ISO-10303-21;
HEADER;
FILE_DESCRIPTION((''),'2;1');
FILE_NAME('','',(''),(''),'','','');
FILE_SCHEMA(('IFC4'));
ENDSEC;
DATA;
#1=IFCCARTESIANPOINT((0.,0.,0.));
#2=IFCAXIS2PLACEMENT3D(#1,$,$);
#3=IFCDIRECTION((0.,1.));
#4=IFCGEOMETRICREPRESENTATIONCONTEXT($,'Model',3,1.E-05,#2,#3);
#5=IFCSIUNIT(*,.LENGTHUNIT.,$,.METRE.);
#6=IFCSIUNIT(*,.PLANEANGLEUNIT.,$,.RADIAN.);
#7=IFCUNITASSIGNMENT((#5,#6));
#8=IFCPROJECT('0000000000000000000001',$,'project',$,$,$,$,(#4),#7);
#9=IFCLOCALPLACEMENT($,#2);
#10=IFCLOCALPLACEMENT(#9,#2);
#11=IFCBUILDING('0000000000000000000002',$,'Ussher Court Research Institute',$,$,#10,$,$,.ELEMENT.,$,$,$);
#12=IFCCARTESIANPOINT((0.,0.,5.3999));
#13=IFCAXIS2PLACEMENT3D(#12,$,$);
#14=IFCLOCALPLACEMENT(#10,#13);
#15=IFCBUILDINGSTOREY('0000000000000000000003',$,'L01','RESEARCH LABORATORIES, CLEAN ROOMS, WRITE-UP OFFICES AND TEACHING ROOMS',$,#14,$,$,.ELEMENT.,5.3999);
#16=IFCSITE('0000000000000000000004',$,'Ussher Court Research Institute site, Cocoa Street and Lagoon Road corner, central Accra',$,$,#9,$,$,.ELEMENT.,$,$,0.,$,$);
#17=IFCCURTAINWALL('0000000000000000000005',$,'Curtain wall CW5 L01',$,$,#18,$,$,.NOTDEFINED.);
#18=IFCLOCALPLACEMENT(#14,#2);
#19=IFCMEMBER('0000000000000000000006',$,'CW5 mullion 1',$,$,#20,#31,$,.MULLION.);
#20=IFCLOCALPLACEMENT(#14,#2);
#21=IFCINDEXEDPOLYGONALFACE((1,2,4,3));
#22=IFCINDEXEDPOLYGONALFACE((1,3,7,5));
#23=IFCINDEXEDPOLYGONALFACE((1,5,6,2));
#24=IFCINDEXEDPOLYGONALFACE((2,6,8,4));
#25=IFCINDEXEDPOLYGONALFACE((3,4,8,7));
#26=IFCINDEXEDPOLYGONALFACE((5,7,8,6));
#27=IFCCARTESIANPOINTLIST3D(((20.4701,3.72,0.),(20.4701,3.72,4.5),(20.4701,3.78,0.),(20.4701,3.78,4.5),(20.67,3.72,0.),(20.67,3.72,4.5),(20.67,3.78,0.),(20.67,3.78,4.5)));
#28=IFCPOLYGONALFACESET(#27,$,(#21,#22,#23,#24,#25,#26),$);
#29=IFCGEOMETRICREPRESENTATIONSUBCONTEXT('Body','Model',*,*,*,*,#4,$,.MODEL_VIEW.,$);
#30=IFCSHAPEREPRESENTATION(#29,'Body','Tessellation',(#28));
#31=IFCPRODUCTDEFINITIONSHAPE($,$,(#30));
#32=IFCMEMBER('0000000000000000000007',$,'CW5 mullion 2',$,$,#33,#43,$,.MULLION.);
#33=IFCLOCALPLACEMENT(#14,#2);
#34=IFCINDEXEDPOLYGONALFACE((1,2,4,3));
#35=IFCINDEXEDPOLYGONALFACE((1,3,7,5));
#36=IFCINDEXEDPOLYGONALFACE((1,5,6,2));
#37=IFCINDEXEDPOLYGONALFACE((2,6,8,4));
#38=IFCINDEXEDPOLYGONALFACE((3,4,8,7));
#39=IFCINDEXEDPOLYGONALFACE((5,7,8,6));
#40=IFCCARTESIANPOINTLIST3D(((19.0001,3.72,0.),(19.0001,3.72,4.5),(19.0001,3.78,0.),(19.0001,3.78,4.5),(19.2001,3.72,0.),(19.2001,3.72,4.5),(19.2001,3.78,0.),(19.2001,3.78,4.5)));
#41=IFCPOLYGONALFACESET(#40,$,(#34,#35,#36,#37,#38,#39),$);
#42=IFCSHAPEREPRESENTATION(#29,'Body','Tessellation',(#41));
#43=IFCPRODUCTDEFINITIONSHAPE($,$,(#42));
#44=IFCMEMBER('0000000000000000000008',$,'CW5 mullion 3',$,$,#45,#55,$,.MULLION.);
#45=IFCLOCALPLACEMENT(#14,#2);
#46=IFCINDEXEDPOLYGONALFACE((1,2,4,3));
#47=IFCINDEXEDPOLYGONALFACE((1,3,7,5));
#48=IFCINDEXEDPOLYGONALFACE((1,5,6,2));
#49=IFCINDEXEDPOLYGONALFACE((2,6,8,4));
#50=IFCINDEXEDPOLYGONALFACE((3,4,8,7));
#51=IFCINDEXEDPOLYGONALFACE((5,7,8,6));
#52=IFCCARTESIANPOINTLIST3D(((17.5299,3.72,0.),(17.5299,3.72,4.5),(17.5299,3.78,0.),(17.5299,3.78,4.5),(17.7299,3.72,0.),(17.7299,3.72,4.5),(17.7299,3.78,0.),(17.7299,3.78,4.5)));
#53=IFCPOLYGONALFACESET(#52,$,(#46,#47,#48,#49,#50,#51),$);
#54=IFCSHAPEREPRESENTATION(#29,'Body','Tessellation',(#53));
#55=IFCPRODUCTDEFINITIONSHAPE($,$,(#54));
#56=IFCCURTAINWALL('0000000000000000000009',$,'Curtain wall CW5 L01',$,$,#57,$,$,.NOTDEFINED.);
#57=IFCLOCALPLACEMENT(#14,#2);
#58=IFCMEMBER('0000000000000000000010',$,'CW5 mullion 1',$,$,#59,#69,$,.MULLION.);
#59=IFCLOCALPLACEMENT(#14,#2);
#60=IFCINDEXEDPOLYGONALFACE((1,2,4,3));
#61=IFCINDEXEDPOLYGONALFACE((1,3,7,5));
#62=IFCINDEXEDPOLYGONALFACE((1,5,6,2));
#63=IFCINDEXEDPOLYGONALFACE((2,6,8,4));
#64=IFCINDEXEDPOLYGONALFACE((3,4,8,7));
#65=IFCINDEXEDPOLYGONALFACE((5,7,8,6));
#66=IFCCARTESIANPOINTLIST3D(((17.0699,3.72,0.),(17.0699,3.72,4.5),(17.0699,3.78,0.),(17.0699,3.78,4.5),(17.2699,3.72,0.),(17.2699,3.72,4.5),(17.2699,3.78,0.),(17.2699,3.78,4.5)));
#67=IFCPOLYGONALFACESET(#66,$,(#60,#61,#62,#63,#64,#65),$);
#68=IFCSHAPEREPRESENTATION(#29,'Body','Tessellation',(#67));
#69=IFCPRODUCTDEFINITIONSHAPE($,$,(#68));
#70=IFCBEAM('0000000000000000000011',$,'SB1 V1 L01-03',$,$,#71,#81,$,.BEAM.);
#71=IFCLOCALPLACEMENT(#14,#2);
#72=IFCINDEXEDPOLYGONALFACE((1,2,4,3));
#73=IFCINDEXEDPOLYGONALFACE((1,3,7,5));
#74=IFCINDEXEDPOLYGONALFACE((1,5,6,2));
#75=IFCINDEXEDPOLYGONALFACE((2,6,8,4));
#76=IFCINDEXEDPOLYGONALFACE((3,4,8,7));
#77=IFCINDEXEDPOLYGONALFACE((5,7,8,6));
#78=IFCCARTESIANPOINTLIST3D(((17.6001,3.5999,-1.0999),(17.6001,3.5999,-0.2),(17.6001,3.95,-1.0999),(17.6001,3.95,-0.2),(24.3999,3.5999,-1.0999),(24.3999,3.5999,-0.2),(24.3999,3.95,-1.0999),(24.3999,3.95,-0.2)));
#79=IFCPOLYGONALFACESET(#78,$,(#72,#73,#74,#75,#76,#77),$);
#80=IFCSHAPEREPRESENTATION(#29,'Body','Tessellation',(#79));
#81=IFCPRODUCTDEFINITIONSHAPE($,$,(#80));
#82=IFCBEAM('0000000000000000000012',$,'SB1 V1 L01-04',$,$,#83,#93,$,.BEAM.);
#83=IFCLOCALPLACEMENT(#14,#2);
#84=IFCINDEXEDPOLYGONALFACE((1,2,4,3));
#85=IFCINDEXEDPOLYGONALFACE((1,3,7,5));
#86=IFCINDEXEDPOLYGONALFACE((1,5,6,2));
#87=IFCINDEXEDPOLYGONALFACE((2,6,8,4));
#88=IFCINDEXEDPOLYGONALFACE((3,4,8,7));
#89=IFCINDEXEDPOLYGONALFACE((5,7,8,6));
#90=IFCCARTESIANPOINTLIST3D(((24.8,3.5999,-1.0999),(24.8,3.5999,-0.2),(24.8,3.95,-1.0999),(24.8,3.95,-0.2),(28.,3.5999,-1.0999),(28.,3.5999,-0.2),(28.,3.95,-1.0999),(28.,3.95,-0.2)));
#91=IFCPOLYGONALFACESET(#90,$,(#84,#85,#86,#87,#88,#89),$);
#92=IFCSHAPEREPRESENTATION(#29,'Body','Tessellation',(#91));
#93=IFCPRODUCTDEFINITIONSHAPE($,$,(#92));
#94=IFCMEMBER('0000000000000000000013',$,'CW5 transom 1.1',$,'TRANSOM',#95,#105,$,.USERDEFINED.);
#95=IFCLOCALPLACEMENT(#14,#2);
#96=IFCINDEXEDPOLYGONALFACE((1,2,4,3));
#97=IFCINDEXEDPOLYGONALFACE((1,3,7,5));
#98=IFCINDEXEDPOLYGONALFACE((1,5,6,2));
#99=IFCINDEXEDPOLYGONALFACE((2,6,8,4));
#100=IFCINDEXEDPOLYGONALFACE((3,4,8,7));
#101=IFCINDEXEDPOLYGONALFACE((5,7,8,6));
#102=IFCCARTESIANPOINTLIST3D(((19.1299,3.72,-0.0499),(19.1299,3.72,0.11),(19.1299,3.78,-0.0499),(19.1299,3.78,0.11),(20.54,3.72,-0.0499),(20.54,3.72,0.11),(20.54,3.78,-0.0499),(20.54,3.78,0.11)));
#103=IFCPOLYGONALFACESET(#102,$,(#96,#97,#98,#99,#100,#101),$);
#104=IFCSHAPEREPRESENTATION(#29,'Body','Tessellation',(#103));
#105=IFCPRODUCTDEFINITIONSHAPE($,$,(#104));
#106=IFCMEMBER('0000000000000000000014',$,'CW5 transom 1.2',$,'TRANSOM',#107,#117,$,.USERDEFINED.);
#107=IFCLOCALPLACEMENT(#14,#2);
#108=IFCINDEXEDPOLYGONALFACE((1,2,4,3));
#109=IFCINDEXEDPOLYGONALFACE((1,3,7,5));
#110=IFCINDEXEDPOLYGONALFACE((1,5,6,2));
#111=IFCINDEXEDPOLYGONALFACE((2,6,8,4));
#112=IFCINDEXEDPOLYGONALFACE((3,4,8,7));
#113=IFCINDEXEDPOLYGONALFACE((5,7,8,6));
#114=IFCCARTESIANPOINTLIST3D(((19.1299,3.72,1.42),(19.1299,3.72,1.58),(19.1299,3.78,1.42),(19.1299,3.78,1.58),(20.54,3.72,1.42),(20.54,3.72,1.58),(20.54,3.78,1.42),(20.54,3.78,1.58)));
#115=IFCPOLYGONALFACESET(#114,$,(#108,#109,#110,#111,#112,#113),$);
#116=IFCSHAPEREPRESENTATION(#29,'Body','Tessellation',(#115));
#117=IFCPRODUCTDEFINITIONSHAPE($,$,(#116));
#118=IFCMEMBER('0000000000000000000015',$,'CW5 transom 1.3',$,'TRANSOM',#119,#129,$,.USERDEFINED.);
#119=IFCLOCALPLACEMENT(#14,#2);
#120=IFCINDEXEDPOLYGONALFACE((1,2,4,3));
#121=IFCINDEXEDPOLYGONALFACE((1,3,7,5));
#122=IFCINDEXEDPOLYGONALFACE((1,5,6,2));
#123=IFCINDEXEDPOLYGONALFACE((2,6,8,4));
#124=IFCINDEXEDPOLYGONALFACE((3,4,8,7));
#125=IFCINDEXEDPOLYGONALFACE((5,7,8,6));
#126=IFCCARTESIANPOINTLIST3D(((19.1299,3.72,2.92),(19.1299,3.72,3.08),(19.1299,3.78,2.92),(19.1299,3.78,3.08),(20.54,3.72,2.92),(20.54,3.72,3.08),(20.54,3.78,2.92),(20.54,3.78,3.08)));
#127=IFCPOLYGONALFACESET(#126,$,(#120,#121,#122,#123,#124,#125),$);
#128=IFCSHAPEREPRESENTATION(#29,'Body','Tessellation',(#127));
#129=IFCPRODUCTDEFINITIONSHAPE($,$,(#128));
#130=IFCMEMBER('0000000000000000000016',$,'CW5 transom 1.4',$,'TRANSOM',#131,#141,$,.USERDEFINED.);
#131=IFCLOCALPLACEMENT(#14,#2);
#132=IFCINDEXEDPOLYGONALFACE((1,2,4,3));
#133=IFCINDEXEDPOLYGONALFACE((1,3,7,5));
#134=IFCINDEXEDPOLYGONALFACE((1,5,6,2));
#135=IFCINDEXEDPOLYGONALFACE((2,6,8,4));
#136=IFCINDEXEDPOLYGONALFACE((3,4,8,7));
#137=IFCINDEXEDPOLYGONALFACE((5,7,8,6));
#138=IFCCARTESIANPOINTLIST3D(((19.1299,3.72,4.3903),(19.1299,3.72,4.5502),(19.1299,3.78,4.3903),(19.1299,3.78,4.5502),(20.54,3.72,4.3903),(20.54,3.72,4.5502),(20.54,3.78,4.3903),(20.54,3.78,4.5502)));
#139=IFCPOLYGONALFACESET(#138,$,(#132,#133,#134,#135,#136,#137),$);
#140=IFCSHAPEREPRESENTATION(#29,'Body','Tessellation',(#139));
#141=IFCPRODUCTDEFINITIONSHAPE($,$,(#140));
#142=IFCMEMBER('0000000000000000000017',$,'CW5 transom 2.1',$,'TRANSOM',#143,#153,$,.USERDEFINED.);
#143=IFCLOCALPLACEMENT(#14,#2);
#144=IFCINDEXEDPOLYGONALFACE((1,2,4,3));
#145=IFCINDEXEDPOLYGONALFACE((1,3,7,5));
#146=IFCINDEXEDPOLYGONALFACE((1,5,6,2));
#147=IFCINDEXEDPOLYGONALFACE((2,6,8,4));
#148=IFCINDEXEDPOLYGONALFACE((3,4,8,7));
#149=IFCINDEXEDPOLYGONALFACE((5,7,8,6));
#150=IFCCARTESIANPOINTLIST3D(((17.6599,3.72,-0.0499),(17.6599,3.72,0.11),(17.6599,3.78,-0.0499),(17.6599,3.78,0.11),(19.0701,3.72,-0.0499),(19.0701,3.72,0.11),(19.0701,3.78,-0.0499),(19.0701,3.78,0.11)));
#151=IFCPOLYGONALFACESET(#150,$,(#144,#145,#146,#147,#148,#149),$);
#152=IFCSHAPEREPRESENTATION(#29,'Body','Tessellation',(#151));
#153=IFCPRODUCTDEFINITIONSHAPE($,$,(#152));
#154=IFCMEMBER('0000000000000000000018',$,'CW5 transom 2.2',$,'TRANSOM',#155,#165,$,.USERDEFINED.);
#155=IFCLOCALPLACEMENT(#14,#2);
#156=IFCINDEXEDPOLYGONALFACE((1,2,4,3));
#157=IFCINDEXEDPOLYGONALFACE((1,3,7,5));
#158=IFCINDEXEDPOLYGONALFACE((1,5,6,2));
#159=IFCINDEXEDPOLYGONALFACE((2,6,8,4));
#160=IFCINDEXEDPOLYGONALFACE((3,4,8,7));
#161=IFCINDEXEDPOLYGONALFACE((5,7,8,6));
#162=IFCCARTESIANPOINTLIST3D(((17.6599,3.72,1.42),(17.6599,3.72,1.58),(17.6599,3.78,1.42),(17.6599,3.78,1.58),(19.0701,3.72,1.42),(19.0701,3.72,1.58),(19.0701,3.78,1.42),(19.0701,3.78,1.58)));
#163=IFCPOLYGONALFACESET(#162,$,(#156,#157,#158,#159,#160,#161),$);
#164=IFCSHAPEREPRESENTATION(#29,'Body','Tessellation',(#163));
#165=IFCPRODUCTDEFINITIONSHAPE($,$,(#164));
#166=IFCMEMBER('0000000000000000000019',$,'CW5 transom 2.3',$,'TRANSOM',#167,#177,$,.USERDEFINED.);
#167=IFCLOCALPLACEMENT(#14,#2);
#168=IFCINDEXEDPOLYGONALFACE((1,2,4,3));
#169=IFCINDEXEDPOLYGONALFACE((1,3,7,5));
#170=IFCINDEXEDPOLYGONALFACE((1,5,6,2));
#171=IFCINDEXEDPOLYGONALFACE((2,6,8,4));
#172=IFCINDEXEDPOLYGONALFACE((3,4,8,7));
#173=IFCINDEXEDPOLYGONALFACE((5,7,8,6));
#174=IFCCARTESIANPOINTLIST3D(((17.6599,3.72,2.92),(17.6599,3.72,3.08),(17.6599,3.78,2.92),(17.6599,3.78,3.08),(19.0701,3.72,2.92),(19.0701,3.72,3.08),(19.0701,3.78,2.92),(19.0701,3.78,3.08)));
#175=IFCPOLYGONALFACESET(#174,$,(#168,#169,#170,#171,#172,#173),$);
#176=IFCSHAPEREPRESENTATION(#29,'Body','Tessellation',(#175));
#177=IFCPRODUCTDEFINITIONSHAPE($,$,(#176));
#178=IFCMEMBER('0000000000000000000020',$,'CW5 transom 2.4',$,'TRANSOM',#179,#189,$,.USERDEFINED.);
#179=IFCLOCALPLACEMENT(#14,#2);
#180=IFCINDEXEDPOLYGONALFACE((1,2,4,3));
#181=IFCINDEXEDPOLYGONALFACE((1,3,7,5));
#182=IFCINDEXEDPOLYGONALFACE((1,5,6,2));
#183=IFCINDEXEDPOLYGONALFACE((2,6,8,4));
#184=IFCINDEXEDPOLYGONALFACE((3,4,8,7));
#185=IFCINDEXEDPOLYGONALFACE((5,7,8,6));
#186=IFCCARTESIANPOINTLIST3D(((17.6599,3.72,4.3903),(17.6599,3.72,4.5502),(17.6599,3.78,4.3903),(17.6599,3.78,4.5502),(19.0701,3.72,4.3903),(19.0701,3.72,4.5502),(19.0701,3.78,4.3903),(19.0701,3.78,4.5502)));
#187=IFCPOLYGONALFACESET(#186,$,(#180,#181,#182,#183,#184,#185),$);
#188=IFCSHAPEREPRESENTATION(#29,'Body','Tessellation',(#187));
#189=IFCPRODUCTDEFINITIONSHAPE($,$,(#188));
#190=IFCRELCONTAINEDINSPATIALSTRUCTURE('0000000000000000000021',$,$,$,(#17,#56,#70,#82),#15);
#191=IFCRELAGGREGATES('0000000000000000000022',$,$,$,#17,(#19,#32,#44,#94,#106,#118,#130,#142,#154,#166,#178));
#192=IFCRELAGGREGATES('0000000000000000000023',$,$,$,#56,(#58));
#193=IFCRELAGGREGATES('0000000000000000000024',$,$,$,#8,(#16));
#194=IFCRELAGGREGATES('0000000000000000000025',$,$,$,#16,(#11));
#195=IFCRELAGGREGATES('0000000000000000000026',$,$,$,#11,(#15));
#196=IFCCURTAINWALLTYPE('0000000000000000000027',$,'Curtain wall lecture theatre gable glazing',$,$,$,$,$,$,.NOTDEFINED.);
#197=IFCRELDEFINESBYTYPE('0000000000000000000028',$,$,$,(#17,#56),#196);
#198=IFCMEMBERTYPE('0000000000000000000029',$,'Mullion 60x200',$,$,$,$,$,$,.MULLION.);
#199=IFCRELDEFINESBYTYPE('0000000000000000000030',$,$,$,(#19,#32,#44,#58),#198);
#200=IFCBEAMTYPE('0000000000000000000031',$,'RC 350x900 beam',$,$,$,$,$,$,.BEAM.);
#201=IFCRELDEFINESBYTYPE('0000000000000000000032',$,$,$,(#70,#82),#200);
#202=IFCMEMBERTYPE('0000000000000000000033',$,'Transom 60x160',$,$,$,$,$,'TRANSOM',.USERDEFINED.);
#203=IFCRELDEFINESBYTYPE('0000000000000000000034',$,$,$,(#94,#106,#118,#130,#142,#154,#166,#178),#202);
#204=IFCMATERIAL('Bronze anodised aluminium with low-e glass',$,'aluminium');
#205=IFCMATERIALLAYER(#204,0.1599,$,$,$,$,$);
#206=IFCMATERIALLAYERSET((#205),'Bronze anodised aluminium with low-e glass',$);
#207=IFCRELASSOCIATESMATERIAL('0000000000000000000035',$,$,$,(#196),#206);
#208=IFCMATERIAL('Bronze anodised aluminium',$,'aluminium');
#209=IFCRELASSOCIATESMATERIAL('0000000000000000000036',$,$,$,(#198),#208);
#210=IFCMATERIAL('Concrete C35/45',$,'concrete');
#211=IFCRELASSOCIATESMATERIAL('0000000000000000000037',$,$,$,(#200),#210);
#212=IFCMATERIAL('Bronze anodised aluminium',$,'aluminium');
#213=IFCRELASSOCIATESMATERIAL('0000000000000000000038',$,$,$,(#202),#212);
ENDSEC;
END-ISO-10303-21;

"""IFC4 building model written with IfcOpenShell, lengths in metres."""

from ifc_helpers import new_model, si_unit, direction, frame, origin, origin_2d, place, context, subcontext, project, spatial, rectangle, extrude, material, layer, layer_set, material_profile, profile_set, type_object, element, aggregate, save


model = new_model("IFC4")

# Units and contexts
model_context = context("Model", 3, precision=1e-05, world=origin(), true_north=direction((0.0, 1.0)))
body_context = subcontext(model_context, "Body", "Model", "MODEL_VIEW")
ifc_project = project(units=[si_unit("LENGTHUNIT", "METRE"), si_unit("PLANEANGLEUNIT", "RADIAN")], contexts=[model_context])

# Site, building, storey
site_placement = place(None, origin())
site = spatial("IfcSite", under=ifc_project, at=site_placement, Name="Ussher Court Research Institute site, Cocoa Street and Lagoon Road corner, central Accra", CompositionType="ELEMENT", RefElevation=0.0)
building_placement = place(site_placement, origin())
building = spatial("IfcBuilding", under=site, at=building_placement, Name="Ussher Court Research Institute", CompositionType="ELEMENT")
storey_placement = place(building_placement, frame((0.0, 0.0, 5.3999)))
storey = spatial("IfcBuildingStorey", under=building, at=storey_placement, Name="L01", Description="RESEARCH LABORATORIES, CLEAN ROOMS, WRITE-UP OFFICES AND TEACHING ROOMS", CompositionType="ELEMENT", Elevation=5.3999)

# Curtain wall, members
ifc_material_1 = material(Name="Bronze anodised aluminium with low-e glass", Category="aluminium")
ifc_layer_1 = layer(ifc_material_1, 0.1599)
ifc_layer_set_1 = layer_set([ifc_layer_1], Name="Bronze anodised aluminium with low-e glass")
curtain_wall_type = type_object("IfcCurtainWallType", Name="Curtain wall lecture theatre gable glazing", PredefinedType="NOTDEFINED", material=ifc_layer_set_1)
curtain_wall_1_placement = place(storey_placement, origin())
curtain_wall_1 = element("IfcCurtainWall", 1, at=curtain_wall_1_placement, inside=storey, type_object=curtain_wall_type, Name="Curtain wall CW5 L01", PredefinedType="NOTDEFINED")
ifc_material_2 = material(Name="Bronze anodised aluminium", Category="aluminium")
ifc_material_profile_1 = material_profile(ifc_material_2, rectangle(XDim=0.0601, YDim=0.2, at=origin_2d()), Name="Mullion 60x200")
ifc_profile_set_1 = profile_set([ifc_material_profile_1], Name="Bronze anodised aluminium")
member_type_1 = type_object("IfcMemberType", Name="Mullion 60x200", PredefinedType="MULLION", material=ifc_profile_set_1)
member_1_placement = place(storey_placement, frame((20.5701, 3.75, 0.0), z_axis=(0.0, 0.0, 1.0), x_axis=(0.0, -1.0, 0.0)))
member_1 = element("IfcMember", 2, at=member_1_placement, type_object=member_type_1, Name="CW5 mullion 1", PredefinedType="MULLION", context=body_context, shape_type="SweptSolid", body=[
    extrude(rectangle(XDim=0.0601, YDim=0.2, at=origin_2d()), origin(), (0.0, 0.0, 1.0), 4.5),
])
member_2_placement = place(storey_placement, frame((19.1001, 3.75, 0.0), z_axis=(0.0, 0.0, 1.0), x_axis=(0.0, -1.0, 0.0)))
member_2 = element("IfcMember", 3, at=member_2_placement, type_object=member_type_1, Name="CW5 mullion 2", PredefinedType="MULLION", context=body_context, shape_type="SweptSolid", body=[
    extrude(rectangle(XDim=0.0601, YDim=0.2, at=origin_2d()), origin(), (0.0, 0.0, 1.0), 4.5),
])
member_3_placement = place(storey_placement, frame((17.6299, 3.75, 0.0), z_axis=(0.0, 0.0, 1.0), x_axis=(0.0, -1.0, 0.0)))
member_3 = element("IfcMember", 4, at=member_3_placement, type_object=member_type_1, Name="CW5 mullion 3", PredefinedType="MULLION", context=body_context, shape_type="SweptSolid", body=[
    extrude(rectangle(XDim=0.0601, YDim=0.2, at=origin_2d()), origin(), (0.0, 0.0, 1.0), 4.5),
])

# Curtain wall, member
curtain_wall_2_placement = place(storey_placement, origin())
curtain_wall_2 = element("IfcCurtainWall", 5, at=curtain_wall_2_placement, inside=storey, type_object=curtain_wall_type, Name="Curtain wall CW5 L01", PredefinedType="NOTDEFINED")
member_4_placement = place(storey_placement, frame((17.1699, 3.75, 0.0), z_axis=(0.0, 0.0, 1.0), x_axis=(0.0, -1.0, 0.0)))
member_4 = element("IfcMember", 6, at=member_4_placement, type_object=member_type_1, Name="CW5 mullion 1", PredefinedType="MULLION", context=body_context, shape_type="SweptSolid", body=[
    extrude(rectangle(XDim=0.0601, YDim=0.2, at=origin_2d()), origin(), (0.0, 0.0, 1.0), 4.5),
])

# Beams
ifc_material_3 = material(Name="Concrete C35/45", Category="concrete")
ifc_material_profile_2 = material_profile(ifc_material_3, rectangle(XDim=0.3501, YDim=0.8999, at=origin_2d()), Name="RC 350x900")
ifc_profile_set_2 = profile_set([ifc_material_profile_2], Name="Concrete C35/45")
beam_type = type_object("IfcBeamType", Name="RC 350x900 beam", PredefinedType="BEAM", material=ifc_profile_set_2)
beam_1_placement = place(storey_placement, frame((17.6001, 3.7749, -0.6499), z_axis=(1.0, 0.0, 0.0), x_axis=(0.0, 1.0, 0.0)))
element("IfcBeam", 7, at=beam_1_placement, inside=storey, type_object=beam_type, Name="SB1 V1 L01-03", PredefinedType="BEAM", context=body_context, shape_type="SweptSolid", body=[
    extrude(rectangle(XDim=0.3501, YDim=0.8999, at=origin_2d()), origin(), (0.0, 0.0, 1.0), 6.7998),
])
beam_2_placement = place(storey_placement, frame((24.8, 3.7749, -0.6499), z_axis=(1.0, 0.0, 0.0), x_axis=(0.0, 1.0, 0.0)))
element("IfcBeam", 8, at=beam_2_placement, inside=storey, type_object=beam_type, Name="SB1 V1 L01-04", PredefinedType="BEAM", context=body_context, shape_type="SweptSolid", body=[
    extrude(rectangle(XDim=0.3501, YDim=0.8999, at=origin_2d()), origin(), (0.0, 0.0, 1.0), 3.2),
])

# Members
ifc_material_4 = material(Name="Bronze anodised aluminium", Category="aluminium")
ifc_material_profile_3 = material_profile(ifc_material_4, rectangle(XDim=0.0601, YDim=0.1599, at=origin_2d()), Name="Transom 60x160")
ifc_profile_set_3 = profile_set([ifc_material_profile_3], Name="Bronze anodised aluminium")
member_type_2 = type_object("IfcMemberType", Name="Transom 60x160", ElementType="TRANSOM", PredefinedType="USERDEFINED", material=ifc_profile_set_3)
member_5_placement = place(storey_placement, frame((20.54, 3.75, 0.03), z_axis=(-1.0, 0.0, 0.0), x_axis=(0.0, -1.0, 0.0)))
member_5 = element("IfcMember", 9, at=member_5_placement, type_object=member_type_2, Name="CW5 transom 1.1", ObjectType="TRANSOM", PredefinedType="USERDEFINED", context=body_context, shape_type="SweptSolid", body=[
    extrude(rectangle(XDim=0.0601, YDim=0.1599, at=origin_2d()), origin(), (0.0, 0.0, 1.0), 1.4102),
])
member_6_placement = place(storey_placement, frame((20.54, 3.75, 1.5), z_axis=(-1.0, 0.0, 0.0), x_axis=(0.0, -1.0, 0.0)))
member_6 = element("IfcMember", 10, at=member_6_placement, type_object=member_type_2, Name="CW5 transom 1.2", ObjectType="TRANSOM", PredefinedType="USERDEFINED", context=body_context, shape_type="SweptSolid", body=[
    extrude(rectangle(XDim=0.0601, YDim=0.1599, at=origin_2d()), origin(), (0.0, 0.0, 1.0), 1.4102),
])
member_7_placement = place(storey_placement, frame((20.54, 3.75, 3.0), z_axis=(-1.0, 0.0, 0.0), x_axis=(0.0, -1.0, 0.0)))
member_7 = element("IfcMember", 11, at=member_7_placement, type_object=member_type_2, Name="CW5 transom 1.3", ObjectType="TRANSOM", PredefinedType="USERDEFINED", context=body_context, shape_type="SweptSolid", body=[
    extrude(rectangle(XDim=0.0601, YDim=0.1599, at=origin_2d()), origin(), (0.0, 0.0, 1.0), 1.4102),
])
member_8_placement = place(storey_placement, frame((20.54, 3.75, 4.4702), z_axis=(-1.0, 0.0, 0.0), x_axis=(0.0, -1.0, 0.0)))
member_8 = element("IfcMember", 12, at=member_8_placement, type_object=member_type_2, Name="CW5 transom 1.4", ObjectType="TRANSOM", PredefinedType="USERDEFINED", context=body_context, shape_type="SweptSolid", body=[
    extrude(rectangle(XDim=0.0601, YDim=0.1599, at=origin_2d()), origin(), (0.0, 0.0, 1.0), 1.4102),
])
member_9_placement = place(storey_placement, frame((19.0701, 3.75, 0.03), z_axis=(-1.0, 0.0, 0.0), x_axis=(0.0, -1.0, 0.0)))
member_9 = element("IfcMember", 13, at=member_9_placement, type_object=member_type_2, Name="CW5 transom 2.1", ObjectType="TRANSOM", PredefinedType="USERDEFINED", context=body_context, shape_type="SweptSolid", body=[
    extrude(rectangle(XDim=0.0601, YDim=0.1599, at=origin_2d()), origin(), (0.0, 0.0, 1.0), 1.4102),
])
member_10_placement = place(storey_placement, frame((19.0701, 3.75, 1.5), z_axis=(-1.0, 0.0, 0.0), x_axis=(0.0, -1.0, 0.0)))
member_10 = element("IfcMember", 14, at=member_10_placement, type_object=member_type_2, Name="CW5 transom 2.2", ObjectType="TRANSOM", PredefinedType="USERDEFINED", context=body_context, shape_type="SweptSolid", body=[
    extrude(rectangle(XDim=0.0601, YDim=0.1599, at=origin_2d()), origin(), (0.0, 0.0, 1.0), 1.4102),
])
member_11_placement = place(storey_placement, frame((19.0701, 3.75, 3.0), z_axis=(-1.0, 0.0, 0.0), x_axis=(0.0, -1.0, 0.0)))
member_11 = element("IfcMember", 15, at=member_11_placement, type_object=member_type_2, Name="CW5 transom 2.3", ObjectType="TRANSOM", PredefinedType="USERDEFINED", context=body_context, shape_type="SweptSolid", body=[
    extrude(rectangle(XDim=0.0601, YDim=0.1599, at=origin_2d()), origin(), (0.0, 0.0, 1.0), 1.4102),
])
member_12_placement = place(storey_placement, frame((19.0701, 3.75, 4.4702), z_axis=(-1.0, 0.0, 0.0), x_axis=(0.0, -1.0, 0.0)))
member_12 = element("IfcMember", 16, at=member_12_placement, type_object=member_type_2, Name="CW5 transom 2.4", ObjectType="TRANSOM", PredefinedType="USERDEFINED", context=body_context, shape_type="SweptSolid", body=[
    extrude(rectangle(XDim=0.0601, YDim=0.1599, at=origin_2d()), origin(), (0.0, 0.0, 1.0), 1.4102),
])

aggregate(curtain_wall_1, [member_1, member_2, member_3, member_5, member_6, member_7, member_8, member_9, member_10, member_11, member_12])
aggregate(curtain_wall_2, [member_4])

save(model, "model.ifc")
